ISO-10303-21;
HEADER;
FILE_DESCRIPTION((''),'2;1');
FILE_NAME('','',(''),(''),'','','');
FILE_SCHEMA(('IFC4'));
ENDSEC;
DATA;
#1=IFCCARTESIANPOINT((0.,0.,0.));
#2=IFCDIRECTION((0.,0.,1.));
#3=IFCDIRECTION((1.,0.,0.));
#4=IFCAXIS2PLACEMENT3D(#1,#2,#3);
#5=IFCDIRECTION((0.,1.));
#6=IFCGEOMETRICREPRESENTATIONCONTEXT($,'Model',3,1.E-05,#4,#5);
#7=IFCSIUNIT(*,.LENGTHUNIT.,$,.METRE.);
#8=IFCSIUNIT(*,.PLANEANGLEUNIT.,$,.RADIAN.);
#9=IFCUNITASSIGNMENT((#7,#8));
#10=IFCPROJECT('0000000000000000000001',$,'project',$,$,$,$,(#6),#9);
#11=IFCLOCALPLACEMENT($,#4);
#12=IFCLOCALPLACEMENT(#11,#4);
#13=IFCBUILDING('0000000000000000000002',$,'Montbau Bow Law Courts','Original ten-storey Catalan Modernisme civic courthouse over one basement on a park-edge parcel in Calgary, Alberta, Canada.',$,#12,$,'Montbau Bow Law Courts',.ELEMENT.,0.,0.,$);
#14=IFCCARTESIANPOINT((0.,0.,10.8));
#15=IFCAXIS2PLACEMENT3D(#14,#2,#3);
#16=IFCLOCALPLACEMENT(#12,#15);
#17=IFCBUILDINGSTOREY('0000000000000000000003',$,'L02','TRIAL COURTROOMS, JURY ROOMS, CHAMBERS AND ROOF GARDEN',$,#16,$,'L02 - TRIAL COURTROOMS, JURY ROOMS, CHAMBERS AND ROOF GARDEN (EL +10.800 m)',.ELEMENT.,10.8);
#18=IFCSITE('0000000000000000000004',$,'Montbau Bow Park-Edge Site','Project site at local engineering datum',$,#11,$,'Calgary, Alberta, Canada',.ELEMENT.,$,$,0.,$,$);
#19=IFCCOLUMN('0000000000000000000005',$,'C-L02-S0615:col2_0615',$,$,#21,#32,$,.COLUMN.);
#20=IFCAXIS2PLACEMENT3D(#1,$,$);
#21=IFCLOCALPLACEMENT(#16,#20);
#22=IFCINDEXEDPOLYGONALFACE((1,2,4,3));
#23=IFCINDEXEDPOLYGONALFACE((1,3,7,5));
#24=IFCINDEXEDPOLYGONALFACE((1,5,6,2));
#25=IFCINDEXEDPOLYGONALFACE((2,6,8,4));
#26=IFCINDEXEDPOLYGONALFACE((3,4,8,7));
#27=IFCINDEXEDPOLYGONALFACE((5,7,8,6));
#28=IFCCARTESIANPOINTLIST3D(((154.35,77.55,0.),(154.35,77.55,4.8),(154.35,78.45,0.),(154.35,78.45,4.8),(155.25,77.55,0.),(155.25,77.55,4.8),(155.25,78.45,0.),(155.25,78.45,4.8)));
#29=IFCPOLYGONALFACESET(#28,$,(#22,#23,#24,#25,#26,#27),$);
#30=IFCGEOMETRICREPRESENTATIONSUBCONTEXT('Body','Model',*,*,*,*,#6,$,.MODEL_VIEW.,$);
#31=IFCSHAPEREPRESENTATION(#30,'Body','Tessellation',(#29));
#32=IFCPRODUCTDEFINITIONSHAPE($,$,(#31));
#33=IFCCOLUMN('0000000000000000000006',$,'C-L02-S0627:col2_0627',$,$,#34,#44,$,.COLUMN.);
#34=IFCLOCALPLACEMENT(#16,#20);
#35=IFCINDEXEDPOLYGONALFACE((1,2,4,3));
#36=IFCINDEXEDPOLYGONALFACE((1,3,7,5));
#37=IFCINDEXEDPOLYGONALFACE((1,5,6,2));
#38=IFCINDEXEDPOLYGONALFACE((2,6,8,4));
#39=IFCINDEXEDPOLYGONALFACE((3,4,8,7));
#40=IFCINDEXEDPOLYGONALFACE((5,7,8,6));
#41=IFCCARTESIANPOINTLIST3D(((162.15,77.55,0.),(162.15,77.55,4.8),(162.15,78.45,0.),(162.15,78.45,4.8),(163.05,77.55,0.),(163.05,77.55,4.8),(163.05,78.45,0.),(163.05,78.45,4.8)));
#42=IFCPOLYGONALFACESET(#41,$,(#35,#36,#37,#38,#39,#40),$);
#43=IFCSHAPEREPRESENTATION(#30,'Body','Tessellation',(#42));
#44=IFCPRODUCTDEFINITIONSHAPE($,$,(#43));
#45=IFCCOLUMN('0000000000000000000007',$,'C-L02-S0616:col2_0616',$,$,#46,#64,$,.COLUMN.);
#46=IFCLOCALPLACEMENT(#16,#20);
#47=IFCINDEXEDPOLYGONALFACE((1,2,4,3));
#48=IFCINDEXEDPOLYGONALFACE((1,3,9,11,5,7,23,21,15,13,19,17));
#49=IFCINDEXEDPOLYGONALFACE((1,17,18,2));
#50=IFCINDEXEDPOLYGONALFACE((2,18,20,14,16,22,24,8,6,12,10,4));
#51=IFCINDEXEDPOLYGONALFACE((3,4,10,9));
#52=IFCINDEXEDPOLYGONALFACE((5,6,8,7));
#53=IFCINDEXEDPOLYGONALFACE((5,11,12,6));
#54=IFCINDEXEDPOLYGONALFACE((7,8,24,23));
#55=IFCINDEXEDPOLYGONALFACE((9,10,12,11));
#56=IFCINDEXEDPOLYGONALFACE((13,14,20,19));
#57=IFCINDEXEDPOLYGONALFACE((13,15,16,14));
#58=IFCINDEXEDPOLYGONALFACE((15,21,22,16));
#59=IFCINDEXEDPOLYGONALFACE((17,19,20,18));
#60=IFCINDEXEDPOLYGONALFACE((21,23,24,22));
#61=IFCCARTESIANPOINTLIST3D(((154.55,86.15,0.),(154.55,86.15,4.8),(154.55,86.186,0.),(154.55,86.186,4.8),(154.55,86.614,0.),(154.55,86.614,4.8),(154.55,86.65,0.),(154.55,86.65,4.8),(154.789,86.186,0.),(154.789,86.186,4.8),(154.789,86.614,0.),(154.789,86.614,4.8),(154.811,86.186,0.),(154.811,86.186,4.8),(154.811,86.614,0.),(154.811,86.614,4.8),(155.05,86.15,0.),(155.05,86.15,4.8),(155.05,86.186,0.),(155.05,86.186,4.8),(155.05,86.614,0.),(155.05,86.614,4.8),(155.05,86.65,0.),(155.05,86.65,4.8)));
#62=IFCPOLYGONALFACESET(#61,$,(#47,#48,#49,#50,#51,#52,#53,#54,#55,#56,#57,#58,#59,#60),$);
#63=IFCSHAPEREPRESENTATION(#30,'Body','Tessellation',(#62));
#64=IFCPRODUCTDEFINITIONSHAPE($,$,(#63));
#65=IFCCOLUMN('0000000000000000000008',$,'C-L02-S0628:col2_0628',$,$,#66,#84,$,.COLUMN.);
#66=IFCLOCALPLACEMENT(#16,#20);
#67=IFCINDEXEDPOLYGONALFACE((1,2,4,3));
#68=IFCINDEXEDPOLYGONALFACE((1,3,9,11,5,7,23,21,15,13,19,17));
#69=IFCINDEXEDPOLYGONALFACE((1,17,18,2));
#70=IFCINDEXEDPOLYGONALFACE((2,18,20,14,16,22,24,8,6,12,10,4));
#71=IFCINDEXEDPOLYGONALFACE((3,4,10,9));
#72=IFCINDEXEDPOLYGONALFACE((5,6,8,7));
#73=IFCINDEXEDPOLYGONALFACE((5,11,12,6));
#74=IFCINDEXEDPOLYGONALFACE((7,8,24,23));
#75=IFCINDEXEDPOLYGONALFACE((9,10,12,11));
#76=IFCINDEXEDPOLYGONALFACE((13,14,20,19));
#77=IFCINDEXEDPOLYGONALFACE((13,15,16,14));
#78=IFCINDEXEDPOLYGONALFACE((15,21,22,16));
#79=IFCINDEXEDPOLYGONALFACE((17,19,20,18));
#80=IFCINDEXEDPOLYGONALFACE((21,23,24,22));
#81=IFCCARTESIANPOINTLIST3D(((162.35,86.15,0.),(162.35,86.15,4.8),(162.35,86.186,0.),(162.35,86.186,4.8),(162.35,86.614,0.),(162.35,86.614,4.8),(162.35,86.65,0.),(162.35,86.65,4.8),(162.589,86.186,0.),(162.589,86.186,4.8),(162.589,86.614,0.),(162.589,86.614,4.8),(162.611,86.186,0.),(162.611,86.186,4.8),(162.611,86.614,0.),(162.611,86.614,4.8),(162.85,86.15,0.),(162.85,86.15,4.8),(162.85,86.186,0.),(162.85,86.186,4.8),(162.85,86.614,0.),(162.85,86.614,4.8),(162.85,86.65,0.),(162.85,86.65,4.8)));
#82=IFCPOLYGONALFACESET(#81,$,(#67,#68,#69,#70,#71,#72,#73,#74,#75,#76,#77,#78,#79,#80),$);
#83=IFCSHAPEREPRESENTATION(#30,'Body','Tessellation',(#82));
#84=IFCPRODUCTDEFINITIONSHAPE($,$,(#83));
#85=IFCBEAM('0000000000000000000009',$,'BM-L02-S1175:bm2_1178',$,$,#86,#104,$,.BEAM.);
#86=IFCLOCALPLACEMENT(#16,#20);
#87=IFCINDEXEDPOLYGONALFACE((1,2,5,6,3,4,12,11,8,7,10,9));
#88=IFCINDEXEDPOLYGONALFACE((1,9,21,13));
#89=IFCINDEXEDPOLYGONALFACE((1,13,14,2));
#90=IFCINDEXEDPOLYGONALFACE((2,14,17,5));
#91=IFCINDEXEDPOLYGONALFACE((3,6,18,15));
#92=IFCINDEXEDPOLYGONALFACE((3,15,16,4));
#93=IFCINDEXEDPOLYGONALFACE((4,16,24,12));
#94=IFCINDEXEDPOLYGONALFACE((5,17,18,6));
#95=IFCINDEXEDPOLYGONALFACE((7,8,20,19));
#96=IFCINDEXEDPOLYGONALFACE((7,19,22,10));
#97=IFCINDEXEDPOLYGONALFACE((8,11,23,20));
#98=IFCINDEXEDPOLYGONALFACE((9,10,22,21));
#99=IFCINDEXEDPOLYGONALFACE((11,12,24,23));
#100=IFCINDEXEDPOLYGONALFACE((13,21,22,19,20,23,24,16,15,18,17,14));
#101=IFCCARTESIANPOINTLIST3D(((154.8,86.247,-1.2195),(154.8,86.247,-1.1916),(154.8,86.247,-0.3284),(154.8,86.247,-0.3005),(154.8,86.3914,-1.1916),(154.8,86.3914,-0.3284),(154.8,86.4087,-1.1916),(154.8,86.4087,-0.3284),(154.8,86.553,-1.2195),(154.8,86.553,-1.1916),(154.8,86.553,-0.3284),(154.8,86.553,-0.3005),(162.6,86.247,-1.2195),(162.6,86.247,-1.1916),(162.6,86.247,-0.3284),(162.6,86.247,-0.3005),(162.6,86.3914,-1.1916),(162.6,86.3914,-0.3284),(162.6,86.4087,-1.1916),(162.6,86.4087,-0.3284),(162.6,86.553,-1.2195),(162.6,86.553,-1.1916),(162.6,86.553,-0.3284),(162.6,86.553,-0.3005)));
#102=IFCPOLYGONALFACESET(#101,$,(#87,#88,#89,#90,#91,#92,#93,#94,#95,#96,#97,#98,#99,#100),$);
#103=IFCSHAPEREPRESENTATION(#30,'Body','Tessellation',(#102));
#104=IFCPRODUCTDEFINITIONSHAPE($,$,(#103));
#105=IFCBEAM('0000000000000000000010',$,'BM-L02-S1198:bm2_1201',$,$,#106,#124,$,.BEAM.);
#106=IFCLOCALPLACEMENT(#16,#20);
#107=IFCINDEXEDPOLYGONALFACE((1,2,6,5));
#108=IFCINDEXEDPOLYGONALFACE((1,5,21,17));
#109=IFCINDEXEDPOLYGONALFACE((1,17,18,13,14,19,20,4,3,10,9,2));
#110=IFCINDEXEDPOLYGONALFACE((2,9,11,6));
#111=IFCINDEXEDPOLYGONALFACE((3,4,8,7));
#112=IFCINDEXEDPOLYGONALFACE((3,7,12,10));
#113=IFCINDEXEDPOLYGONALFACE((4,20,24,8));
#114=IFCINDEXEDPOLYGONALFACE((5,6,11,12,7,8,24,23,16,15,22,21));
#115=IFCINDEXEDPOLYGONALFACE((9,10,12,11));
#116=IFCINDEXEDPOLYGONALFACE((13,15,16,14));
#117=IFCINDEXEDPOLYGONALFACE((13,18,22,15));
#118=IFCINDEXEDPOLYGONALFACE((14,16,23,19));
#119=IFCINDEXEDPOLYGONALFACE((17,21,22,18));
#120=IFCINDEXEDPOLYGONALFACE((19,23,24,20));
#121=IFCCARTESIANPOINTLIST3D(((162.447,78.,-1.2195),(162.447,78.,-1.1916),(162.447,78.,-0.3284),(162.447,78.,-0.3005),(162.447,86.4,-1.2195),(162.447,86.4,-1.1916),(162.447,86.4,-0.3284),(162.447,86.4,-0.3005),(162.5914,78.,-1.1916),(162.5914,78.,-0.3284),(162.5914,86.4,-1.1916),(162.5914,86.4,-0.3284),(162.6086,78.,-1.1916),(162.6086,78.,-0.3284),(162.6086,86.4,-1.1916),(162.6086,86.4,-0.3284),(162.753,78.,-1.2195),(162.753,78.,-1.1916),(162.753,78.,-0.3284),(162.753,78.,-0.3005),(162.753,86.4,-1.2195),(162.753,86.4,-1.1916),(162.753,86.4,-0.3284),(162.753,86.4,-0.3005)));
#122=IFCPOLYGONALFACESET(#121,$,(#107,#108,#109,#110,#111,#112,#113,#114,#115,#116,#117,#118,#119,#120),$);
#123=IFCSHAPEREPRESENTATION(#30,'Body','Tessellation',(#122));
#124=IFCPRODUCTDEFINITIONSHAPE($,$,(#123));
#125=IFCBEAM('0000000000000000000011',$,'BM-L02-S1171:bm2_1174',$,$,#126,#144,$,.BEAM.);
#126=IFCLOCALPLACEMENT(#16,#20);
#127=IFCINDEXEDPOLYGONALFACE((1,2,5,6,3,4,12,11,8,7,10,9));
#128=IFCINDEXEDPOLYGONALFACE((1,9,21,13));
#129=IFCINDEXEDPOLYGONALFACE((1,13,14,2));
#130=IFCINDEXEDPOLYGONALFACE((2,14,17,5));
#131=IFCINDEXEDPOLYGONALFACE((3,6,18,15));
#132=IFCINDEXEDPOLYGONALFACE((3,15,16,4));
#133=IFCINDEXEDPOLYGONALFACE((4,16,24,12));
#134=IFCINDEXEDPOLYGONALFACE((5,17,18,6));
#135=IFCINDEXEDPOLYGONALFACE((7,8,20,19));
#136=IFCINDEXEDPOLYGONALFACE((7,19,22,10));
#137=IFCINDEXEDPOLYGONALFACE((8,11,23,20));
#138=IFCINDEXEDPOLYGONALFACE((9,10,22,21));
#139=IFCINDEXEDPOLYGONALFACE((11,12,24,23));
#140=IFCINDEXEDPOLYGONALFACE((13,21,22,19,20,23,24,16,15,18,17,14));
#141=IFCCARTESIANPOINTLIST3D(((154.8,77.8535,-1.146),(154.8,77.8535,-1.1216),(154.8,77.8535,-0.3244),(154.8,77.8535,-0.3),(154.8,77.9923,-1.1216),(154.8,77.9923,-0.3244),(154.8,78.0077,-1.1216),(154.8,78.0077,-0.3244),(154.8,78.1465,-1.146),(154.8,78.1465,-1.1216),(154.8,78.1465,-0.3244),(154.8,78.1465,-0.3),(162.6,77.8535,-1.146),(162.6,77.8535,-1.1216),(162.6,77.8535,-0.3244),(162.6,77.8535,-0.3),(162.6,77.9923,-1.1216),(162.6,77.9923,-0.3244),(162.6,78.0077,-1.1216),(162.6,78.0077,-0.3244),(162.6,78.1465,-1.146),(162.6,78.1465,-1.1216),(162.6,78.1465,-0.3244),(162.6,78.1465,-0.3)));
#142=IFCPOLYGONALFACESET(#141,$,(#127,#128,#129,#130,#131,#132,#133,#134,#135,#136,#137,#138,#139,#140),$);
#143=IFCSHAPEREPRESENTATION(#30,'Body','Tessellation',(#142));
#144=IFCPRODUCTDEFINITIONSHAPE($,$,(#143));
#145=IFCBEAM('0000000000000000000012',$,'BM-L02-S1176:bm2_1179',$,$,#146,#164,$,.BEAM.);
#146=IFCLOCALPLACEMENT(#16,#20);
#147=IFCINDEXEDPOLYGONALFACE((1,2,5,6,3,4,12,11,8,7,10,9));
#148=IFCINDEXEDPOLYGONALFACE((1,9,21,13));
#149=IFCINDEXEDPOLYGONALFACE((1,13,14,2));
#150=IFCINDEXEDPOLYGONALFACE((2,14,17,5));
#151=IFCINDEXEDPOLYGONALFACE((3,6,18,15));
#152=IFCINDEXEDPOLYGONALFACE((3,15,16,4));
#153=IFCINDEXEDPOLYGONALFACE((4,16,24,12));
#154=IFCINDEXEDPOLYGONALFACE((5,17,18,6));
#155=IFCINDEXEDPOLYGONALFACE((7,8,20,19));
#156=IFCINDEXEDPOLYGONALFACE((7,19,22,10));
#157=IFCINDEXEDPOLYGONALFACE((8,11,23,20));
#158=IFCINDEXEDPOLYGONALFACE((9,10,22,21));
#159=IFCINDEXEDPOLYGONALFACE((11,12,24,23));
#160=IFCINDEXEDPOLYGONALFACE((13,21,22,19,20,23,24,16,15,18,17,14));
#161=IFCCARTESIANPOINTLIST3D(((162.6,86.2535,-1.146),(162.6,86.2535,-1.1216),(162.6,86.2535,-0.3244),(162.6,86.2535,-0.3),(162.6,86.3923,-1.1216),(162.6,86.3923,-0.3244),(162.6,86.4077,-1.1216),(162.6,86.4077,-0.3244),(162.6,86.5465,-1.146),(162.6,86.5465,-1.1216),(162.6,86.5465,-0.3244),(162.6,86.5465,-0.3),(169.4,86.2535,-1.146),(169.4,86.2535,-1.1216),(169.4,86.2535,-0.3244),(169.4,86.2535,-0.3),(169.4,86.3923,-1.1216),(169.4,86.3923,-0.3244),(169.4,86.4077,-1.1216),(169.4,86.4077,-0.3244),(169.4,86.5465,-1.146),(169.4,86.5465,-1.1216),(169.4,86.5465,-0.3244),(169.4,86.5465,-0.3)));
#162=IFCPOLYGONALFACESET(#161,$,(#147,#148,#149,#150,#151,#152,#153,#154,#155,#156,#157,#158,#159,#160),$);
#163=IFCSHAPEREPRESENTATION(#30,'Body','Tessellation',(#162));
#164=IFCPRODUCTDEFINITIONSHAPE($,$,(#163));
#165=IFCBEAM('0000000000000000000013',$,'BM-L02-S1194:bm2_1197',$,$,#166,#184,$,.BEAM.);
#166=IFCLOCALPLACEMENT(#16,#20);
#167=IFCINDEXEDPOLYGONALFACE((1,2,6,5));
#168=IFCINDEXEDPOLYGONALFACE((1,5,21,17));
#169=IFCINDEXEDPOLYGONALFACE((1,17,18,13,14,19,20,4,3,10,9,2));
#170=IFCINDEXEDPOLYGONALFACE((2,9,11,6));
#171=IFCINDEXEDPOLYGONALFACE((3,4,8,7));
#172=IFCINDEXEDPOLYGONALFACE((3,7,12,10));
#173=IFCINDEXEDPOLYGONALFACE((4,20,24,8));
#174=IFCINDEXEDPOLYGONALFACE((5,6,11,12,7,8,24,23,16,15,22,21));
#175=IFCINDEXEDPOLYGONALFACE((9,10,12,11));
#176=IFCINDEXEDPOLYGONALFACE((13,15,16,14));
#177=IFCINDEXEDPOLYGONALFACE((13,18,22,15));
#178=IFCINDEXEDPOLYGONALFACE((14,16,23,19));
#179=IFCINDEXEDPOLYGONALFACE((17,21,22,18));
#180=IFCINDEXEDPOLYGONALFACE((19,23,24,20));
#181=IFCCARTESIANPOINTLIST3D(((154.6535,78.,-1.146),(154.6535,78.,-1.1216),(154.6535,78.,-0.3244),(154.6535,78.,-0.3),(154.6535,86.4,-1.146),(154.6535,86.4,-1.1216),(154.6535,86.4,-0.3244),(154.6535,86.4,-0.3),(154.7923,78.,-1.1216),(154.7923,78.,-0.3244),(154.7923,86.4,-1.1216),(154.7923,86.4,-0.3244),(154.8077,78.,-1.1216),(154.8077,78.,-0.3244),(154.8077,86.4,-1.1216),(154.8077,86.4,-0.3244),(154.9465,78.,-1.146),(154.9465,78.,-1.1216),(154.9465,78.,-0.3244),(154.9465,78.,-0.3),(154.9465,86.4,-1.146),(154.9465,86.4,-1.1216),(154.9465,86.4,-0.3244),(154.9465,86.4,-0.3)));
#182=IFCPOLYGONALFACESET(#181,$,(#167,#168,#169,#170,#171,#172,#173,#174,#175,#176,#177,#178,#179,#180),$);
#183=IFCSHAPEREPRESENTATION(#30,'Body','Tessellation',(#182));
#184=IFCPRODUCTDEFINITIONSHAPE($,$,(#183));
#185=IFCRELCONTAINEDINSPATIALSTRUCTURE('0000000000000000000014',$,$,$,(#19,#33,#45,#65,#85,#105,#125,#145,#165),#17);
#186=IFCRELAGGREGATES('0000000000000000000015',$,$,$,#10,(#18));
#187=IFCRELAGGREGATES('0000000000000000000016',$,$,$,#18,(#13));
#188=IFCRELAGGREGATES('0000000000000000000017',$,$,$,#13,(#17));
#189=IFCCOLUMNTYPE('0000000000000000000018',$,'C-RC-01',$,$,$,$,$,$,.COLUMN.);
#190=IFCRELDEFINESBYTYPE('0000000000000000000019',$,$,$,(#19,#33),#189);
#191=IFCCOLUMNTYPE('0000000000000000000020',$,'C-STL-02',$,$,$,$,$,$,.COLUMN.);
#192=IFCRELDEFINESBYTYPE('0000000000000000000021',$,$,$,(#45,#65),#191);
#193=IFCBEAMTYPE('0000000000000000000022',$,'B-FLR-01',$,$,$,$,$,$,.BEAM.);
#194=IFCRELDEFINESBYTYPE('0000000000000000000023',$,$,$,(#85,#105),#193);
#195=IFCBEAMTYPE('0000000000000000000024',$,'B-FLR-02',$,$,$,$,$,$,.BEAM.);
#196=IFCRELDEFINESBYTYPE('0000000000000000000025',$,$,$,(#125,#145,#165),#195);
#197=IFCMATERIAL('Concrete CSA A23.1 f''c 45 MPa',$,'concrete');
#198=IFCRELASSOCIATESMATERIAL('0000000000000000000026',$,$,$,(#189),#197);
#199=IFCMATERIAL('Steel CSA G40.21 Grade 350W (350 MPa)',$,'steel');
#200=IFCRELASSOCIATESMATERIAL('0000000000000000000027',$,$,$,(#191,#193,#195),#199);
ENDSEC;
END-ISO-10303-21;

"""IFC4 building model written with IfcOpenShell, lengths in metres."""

from ifc_helpers import new_model, si_unit, direction, frame, origin_with_axes, origin_2d_with_axis, place, context, subcontext, project, spatial, rectangle, i_section, extrude, material, material_profile, profile_set, type_object, element, save


model = new_model("IFC4")

# Units and contexts
model_context = context("Model", 3, precision=1e-05, world=origin_with_axes(), true_north=direction((0.0, 1.0)))
body_context = subcontext(model_context, "Body", "Model", "MODEL_VIEW")
ifc_project = project(units=[si_unit("LENGTHUNIT", "METRE"), si_unit("PLANEANGLEUNIT", "RADIAN")], contexts=[model_context])

# Site, building, storey
site_placement = place(None, origin_with_axes())
site = spatial("IfcSite", under=ifc_project, at=site_placement, Name="Montbau Bow Park-Edge Site", Description="Project site at local engineering datum", LongName="Calgary, Alberta, Canada", CompositionType="ELEMENT", RefElevation=0.0)
building_placement = place(site_placement, origin_with_axes())
building = spatial("IfcBuilding", under=site, at=building_placement, Name="Montbau Bow Law Courts", Description="Original ten-storey Catalan Modernisme civic courthouse over one basement on a park-edge parcel in Calgary, Alberta, Canada.", LongName="Montbau Bow Law Courts", CompositionType="ELEMENT", ElevationOfRefHeight=0.0, ElevationOfTerrain=0.0)
storey_placement = place(building_placement, frame((0.0, 0.0, 10.8), z_axis=(0.0, 0.0, 1.0), x_axis=(1.0, 0.0, 0.0)))
storey = spatial("IfcBuildingStorey", under=building, at=storey_placement, Name="L02", Description="TRIAL COURTROOMS, JURY ROOMS, CHAMBERS AND ROOF GARDEN", LongName="L02 - TRIAL COURTROOMS, JURY ROOMS, CHAMBERS AND ROOF GARDEN (EL +10.800 m)", CompositionType="ELEMENT", Elevation=10.8)

# Columns
ifc_material_1 = material(Name="Concrete CSA A23.1 f'c 45 MPa", Category="concrete")
ifc_material_profile_1 = material_profile(ifc_material_1, rectangle(XDim=0.9, YDim=0.9, at=origin_2d_with_axis()), Name="RC900X900", Category="Main", Priority=0)
ifc_profile_set_1 = profile_set([ifc_material_profile_1], Name="Concrete CSA A23.1 f'c 45 MPa")
column_type_1 = type_object("IfcColumnType", Name="C-RC-01", PredefinedType="COLUMN", material=ifc_profile_set_1)
for number, where, z_axis, x_axis, name in (
    (1, (154.8, 78.0, 10.8), (0.0, 0.0, 1.0), (1.0, 0.0, 0.0), "C-L02-S0615:col2_0615"),
    (2, (162.6, 78.0, 10.8), (0.0, 0.0, 1.0), (1.0, 0.0, 0.0), "C-L02-S0627:col2_0627"),
):
    element("IfcColumn", number, at=place(None, frame(where, z_axis=z_axis, x_axis=x_axis)), inside=storey, type_object=column_type_1, Name=name, PredefinedType="COLUMN", context=body_context, shape_type="SweptSolid", body=[
        extrude(rectangle(XDim=0.9, YDim=0.9, at=origin_2d_with_axis()), origin_with_axes(), (0.0, 0.0, 1.0), 4.8),
    ])
ifc_material_2 = material(Name="Steel CSA G40.21 Grade 350W (350 MPa)", Category="steel")
ifc_material_profile_2 = material_profile(ifc_material_2, i_section(OverallWidth=0.5, OverallDepth=0.5, WebThickness=0.022, FlangeThickness=0.036, at=origin_2d_with_axis()), Name="WWF500X343", Category="Main", Priority=0)
ifc_profile_set_2 = profile_set([ifc_material_profile_2], Name="Steel CSA G40.21 Grade 350W (350 MPa)")
column_type_2 = type_object("IfcColumnType", Name="C-STL-02", PredefinedType="COLUMN", material=ifc_profile_set_2)
for number, where, z_axis, x_axis, name in (
    (3, (154.8, 86.4, 10.8), (0.0, 0.0, 1.0), (1.0, 0.0, 0.0), "C-L02-S0616:col2_0616"),
    (4, (162.6, 86.4, 10.8), (0.0, 0.0, 1.0), (1.0, 0.0, 0.0), "C-L02-S0628:col2_0628"),
):
    element("IfcColumn", number, at=place(None, frame(where, z_axis=z_axis, x_axis=x_axis)), inside=storey, type_object=column_type_2, Name=name, PredefinedType="COLUMN", context=body_context, shape_type="SweptSolid", body=[
        extrude(i_section(OverallWidth=0.5, OverallDepth=0.5, WebThickness=0.022, FlangeThickness=0.036, at=origin_2d_with_axis()), origin_with_axes(), (0.0, 0.0, 1.0), 4.8),
    ])

# Beams
ifc_material_profile_3 = material_profile(ifc_material_2, i_section(OverallWidth=0.306, OverallDepth=0.919, WebThickness=0.0173, FlangeThickness=0.0279, at=origin_2d_with_axis()), Name="W920X253", Category="Main", Priority=0)
ifc_profile_set_3 = profile_set([ifc_material_profile_3], Name="Steel CSA G40.21 Grade 350W (350 MPa)")
beam_type_1 = type_object("IfcBeamType", Name="B-FLR-01", PredefinedType="BEAM", material=ifc_profile_set_3)
beam_1_placement = place(None, frame((154.8, 86.4, 10.04), z_axis=(1.0, 0.0, 0.0), x_axis=(0.0, 1.0, 0.0)))
element("IfcBeam", 5, at=beam_1_placement, inside=storey, type_object=beam_type_1, Name="BM-L02-S1175:bm2_1178", PredefinedType="BEAM", context=body_context, shape_type="SweptSolid", body=[
    extrude(i_section(OverallWidth=0.306, OverallDepth=0.919, WebThickness=0.0173, FlangeThickness=0.0279, at=origin_2d_with_axis()), origin_with_axes(), (0.0, 0.0, 1.0), 7.8),
])
beam_2_placement = place(None, frame((162.6, 78.0, 10.04), z_axis=(0.0, 1.0, 0.0), x_axis=(-1.0, 0.0, 0.0)))
element("IfcBeam", 6, at=beam_2_placement, inside=storey, type_object=beam_type_1, Name="BM-L02-S1198:bm2_1201", PredefinedType="BEAM", context=body_context, shape_type="SweptSolid", body=[
    extrude(i_section(OverallWidth=0.306, OverallDepth=0.919, WebThickness=0.0173, FlangeThickness=0.0279, at=origin_2d_with_axis()), origin_with_axes(), (0.0, 0.0, 1.0), 8.4),
])
ifc_material_profile_4 = material_profile(ifc_material_2, i_section(OverallWidth=0.293, OverallDepth=0.846, WebThickness=0.0154, FlangeThickness=0.0244, at=origin_2d_with_axis()), Name="W840X210", Category="Main", Priority=0)
ifc_profile_set_4 = profile_set([ifc_material_profile_4], Name="Steel CSA G40.21 Grade 350W (350 MPa)")
beam_type_2 = type_object("IfcBeamType", Name="B-FLR-02", PredefinedType="BEAM", material=ifc_profile_set_4)
beam_3_placement = place(None, frame((154.8, 78.0, 10.077), z_axis=(1.0, 0.0, 0.0), x_axis=(0.0, 1.0, 0.0)))
element("IfcBeam", 7, at=beam_3_placement, inside=storey, type_object=beam_type_2, Name="BM-L02-S1171:bm2_1174", PredefinedType="BEAM", context=body_context, shape_type="SweptSolid", body=[
    extrude(i_section(OverallWidth=0.293, OverallDepth=0.846, WebThickness=0.0154, FlangeThickness=0.0244, at=origin_2d_with_axis()), origin_with_axes(), (0.0, 0.0, 1.0), 7.8),
])
beam_4_placement = place(None, frame((162.6, 86.4, 10.077), z_axis=(1.0, 0.0, 0.0), x_axis=(0.0, 1.0, 0.0)))
element("IfcBeam", 8, at=beam_4_placement, inside=storey, type_object=beam_type_2, Name="BM-L02-S1176:bm2_1179", PredefinedType="BEAM", context=body_context, shape_type="SweptSolid", body=[
    extrude(i_section(OverallWidth=0.293, OverallDepth=0.846, WebThickness=0.0154, FlangeThickness=0.0244, at=origin_2d_with_axis()), origin_with_axes(), (0.0, 0.0, 1.0), 6.8),
])
for number, where, z_axis, x_axis, name in (
    (9, (154.8, 78.0, 10.077), (0.0, 1.0, 0.0), (-1.0, 0.0, 0.0), "BM-L02-S1194:bm2_1197"),
):
    element("IfcBeam", number, at=place(None, frame(where, z_axis=z_axis, x_axis=x_axis)), inside=storey, type_object=beam_type_2, Name=name, PredefinedType="BEAM", context=body_context, shape_type="SweptSolid", body=[
        extrude(i_section(OverallWidth=0.293, OverallDepth=0.846, WebThickness=0.0154, FlangeThickness=0.0244, at=origin_2d_with_axis()), origin_with_axes(), (0.0, 0.0, 1.0), 8.4),
    ])

save(model, "model.ifc")
